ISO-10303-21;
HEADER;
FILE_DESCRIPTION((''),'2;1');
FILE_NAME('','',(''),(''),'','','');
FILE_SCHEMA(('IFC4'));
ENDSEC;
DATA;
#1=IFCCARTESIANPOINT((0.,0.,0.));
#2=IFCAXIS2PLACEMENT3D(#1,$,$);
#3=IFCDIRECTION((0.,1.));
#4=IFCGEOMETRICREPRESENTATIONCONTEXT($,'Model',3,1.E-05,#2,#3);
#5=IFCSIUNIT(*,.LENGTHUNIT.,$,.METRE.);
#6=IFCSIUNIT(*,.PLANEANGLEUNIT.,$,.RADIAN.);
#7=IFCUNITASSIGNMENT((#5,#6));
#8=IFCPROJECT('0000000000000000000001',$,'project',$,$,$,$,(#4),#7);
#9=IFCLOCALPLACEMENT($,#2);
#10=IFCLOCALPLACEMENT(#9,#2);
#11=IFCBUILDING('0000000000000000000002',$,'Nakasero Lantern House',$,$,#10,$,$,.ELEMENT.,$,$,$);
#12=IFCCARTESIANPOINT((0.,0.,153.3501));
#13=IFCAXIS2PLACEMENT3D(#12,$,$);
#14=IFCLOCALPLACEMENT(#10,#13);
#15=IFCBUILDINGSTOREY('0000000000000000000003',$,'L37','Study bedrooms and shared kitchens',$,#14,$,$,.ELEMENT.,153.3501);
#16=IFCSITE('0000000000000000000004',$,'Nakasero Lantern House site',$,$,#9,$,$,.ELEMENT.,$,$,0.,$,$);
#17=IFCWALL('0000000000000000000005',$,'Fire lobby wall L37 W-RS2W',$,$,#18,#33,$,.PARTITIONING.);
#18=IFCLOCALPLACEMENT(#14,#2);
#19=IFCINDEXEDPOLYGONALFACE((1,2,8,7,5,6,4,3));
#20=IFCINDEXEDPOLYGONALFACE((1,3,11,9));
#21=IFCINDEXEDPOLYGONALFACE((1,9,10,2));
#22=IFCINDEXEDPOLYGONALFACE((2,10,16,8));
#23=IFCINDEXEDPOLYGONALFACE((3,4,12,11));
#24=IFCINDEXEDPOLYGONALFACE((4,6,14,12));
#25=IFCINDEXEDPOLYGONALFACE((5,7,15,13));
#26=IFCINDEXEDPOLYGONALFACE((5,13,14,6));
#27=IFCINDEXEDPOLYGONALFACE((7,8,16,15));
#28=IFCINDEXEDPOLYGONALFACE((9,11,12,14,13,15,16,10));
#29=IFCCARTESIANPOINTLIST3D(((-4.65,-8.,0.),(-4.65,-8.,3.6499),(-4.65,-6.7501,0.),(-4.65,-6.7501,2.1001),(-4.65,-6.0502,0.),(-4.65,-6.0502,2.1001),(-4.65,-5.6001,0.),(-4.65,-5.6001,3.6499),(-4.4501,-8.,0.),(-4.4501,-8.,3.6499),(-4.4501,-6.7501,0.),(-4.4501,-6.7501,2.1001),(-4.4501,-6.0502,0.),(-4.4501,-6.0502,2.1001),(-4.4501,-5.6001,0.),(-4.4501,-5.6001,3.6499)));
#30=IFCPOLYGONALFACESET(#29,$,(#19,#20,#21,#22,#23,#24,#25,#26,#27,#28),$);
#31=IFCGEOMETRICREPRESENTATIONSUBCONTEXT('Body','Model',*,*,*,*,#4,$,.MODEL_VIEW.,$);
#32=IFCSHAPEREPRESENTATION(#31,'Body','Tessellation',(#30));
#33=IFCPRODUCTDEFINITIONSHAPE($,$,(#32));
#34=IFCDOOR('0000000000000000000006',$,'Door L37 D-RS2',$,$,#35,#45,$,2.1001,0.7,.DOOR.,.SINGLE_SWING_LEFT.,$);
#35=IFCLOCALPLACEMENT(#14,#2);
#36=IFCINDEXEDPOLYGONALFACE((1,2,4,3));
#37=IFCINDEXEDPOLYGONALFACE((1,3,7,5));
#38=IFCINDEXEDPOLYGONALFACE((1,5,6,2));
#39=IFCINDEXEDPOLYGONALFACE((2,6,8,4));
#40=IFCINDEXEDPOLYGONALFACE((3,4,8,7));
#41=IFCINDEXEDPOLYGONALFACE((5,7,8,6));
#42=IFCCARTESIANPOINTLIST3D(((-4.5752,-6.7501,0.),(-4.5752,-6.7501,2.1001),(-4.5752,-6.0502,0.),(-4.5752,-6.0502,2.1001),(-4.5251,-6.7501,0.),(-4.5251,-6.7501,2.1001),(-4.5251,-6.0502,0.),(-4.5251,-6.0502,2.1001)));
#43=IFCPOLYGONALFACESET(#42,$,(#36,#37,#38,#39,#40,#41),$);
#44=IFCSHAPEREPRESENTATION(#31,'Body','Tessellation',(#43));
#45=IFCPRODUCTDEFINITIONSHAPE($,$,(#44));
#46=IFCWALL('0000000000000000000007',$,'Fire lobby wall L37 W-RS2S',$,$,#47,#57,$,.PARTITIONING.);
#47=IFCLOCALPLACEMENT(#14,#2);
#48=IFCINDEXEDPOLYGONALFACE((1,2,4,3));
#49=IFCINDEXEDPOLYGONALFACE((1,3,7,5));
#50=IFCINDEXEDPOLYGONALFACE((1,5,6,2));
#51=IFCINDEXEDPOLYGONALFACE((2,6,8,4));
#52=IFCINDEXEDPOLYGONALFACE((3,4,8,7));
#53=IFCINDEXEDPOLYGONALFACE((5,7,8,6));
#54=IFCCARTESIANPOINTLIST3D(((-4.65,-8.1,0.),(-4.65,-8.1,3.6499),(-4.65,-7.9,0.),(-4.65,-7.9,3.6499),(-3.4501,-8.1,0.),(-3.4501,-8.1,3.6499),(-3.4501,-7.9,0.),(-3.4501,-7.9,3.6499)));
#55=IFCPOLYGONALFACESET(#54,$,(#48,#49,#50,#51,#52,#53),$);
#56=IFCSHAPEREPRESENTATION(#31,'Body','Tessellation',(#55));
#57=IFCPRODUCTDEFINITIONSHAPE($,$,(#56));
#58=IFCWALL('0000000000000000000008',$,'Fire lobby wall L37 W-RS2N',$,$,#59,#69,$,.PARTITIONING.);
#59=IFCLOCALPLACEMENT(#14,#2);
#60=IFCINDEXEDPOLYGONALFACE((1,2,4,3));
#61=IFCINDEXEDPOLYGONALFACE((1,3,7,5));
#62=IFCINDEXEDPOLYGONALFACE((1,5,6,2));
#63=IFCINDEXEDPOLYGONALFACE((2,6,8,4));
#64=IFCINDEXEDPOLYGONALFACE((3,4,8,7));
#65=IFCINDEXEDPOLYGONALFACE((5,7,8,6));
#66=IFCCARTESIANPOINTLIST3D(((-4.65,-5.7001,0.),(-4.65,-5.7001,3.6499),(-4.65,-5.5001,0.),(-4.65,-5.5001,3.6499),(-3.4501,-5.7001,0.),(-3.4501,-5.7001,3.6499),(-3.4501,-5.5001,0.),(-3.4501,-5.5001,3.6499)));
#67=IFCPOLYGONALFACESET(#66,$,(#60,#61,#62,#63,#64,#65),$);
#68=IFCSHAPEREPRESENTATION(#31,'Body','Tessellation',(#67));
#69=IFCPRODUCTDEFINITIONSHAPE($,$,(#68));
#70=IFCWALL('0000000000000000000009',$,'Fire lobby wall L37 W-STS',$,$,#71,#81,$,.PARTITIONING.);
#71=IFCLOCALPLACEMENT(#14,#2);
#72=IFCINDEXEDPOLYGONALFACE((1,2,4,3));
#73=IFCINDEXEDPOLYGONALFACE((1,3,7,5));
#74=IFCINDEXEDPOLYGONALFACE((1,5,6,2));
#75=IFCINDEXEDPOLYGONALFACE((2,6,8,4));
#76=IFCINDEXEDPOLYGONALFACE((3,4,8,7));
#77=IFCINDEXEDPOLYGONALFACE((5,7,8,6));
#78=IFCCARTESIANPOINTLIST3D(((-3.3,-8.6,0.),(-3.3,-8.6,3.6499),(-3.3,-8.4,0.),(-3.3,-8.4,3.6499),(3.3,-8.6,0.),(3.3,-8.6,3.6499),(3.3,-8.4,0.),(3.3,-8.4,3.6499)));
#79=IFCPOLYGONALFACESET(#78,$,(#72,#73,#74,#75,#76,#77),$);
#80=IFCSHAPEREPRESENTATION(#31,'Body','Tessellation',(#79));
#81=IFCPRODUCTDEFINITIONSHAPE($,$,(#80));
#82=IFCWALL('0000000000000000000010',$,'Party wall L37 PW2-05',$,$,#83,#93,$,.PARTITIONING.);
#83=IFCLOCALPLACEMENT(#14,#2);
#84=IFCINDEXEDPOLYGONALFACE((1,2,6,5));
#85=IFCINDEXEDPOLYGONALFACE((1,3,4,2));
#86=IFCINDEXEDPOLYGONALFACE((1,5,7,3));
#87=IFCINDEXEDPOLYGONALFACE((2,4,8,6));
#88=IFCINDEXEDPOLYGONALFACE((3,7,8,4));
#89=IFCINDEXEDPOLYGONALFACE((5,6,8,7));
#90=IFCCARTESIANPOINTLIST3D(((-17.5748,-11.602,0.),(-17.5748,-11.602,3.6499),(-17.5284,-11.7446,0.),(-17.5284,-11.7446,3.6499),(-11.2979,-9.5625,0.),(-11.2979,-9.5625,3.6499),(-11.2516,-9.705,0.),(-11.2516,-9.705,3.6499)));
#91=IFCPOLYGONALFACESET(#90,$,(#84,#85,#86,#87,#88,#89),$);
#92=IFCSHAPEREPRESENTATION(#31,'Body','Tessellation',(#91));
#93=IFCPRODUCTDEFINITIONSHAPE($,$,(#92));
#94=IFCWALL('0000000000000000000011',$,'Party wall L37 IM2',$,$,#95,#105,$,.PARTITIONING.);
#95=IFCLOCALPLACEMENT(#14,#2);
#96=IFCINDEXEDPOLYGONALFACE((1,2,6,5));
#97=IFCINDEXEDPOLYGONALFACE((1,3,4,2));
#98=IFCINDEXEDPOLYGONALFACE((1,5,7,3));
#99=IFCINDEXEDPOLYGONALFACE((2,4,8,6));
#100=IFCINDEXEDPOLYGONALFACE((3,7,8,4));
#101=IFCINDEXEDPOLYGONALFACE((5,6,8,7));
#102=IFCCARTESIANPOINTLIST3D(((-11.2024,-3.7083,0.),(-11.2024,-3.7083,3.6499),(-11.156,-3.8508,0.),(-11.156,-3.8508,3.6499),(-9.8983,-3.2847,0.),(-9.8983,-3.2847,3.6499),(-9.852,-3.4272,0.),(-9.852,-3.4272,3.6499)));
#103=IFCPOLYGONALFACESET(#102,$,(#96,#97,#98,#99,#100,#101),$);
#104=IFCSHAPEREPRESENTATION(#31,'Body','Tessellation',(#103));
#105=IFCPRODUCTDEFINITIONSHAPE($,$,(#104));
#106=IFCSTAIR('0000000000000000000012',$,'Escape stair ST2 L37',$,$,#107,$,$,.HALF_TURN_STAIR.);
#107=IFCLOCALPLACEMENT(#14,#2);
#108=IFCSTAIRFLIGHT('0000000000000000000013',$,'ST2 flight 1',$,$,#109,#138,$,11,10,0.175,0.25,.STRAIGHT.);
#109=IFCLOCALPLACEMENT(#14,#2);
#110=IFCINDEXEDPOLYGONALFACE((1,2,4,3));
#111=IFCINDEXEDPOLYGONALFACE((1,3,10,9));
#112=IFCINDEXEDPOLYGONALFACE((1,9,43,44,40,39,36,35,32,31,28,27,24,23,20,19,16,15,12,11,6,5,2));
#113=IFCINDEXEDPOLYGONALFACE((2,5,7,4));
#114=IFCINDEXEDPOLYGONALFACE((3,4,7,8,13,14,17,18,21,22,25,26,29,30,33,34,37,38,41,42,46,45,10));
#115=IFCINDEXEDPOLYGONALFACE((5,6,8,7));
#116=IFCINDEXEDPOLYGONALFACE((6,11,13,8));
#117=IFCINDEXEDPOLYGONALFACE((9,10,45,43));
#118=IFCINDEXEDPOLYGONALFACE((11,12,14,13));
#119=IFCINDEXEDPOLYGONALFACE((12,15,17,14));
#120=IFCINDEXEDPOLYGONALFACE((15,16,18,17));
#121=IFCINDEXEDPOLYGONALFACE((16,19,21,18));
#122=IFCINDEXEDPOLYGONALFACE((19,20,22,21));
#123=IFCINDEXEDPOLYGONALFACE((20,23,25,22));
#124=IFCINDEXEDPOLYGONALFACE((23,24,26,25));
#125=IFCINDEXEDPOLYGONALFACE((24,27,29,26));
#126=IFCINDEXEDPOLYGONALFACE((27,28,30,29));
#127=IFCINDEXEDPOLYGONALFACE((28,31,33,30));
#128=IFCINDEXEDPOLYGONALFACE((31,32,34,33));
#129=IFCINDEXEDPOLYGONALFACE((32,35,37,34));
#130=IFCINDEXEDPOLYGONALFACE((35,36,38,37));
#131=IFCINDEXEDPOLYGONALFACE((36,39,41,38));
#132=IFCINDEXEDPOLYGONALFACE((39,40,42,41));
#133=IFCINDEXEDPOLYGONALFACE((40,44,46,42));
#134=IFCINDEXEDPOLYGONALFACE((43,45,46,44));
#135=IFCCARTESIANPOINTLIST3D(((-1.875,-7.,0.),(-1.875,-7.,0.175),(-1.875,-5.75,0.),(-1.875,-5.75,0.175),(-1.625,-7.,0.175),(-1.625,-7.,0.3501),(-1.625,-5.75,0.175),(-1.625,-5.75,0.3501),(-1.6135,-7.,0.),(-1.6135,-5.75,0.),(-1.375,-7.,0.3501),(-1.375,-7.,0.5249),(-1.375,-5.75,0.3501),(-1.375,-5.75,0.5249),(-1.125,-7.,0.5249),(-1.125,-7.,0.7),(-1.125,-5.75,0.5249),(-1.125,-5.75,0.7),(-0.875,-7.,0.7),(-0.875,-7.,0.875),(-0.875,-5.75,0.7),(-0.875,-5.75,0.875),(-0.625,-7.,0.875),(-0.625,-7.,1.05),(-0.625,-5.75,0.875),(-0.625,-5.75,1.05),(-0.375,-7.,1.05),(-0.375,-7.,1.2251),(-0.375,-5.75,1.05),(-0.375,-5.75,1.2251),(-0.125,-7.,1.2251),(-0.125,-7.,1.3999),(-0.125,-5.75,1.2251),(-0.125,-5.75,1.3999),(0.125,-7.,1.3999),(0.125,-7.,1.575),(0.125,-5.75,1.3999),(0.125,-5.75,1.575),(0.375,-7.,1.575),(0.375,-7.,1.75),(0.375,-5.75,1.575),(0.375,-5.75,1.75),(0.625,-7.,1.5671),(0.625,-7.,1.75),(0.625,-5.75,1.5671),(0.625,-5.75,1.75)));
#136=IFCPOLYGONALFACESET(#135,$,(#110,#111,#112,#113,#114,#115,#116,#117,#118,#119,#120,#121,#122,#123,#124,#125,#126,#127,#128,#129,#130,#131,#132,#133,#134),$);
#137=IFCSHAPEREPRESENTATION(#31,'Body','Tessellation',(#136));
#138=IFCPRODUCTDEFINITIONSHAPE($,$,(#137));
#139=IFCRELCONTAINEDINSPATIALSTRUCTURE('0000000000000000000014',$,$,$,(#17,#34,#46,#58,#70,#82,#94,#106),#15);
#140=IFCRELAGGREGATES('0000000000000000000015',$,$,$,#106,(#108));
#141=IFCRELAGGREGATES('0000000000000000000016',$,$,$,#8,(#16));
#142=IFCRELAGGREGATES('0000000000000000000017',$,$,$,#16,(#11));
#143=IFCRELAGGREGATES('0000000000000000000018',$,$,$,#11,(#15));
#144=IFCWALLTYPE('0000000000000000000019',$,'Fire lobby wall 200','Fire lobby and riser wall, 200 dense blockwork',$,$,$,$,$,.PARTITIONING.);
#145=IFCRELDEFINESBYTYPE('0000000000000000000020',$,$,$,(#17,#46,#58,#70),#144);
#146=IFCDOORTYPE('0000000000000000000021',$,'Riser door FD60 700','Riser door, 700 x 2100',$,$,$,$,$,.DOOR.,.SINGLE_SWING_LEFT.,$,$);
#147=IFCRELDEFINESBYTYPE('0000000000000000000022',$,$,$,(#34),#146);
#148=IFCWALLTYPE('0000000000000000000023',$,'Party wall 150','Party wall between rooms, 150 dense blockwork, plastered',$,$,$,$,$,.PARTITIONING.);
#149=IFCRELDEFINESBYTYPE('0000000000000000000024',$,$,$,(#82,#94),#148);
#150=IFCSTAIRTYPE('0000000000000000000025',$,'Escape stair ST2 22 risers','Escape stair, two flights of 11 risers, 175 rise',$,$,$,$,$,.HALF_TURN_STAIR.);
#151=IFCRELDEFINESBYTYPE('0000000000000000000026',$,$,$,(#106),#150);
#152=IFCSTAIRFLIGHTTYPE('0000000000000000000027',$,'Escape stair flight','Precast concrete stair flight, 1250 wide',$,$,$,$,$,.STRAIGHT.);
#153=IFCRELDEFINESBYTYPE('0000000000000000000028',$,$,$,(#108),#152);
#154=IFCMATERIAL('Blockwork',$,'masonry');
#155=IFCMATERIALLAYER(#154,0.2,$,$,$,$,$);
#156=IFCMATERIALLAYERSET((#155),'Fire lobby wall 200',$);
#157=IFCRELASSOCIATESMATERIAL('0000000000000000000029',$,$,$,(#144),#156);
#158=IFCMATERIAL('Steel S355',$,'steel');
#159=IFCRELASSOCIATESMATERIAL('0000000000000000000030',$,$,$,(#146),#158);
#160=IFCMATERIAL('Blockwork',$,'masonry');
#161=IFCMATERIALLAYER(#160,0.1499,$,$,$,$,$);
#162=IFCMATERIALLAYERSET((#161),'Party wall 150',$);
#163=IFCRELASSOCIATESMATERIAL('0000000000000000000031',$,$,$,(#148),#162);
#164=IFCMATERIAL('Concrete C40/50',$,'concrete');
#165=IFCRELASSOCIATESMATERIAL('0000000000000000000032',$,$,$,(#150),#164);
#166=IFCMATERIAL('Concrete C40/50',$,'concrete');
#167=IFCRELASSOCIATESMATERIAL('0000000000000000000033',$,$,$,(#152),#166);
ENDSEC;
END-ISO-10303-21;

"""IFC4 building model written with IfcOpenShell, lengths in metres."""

from ifc_helpers import new_model, si_unit, direction, frame, frame_2d, origin, place, context, subcontext, project, spatial, polyline, rectangle, outline, extrude, material, layer, layer_set, type_object, element, fill, aggregate, save


model = new_model("IFC4")

# Units and contexts
model_context = context("Model", 3, precision=1e-05, world=origin(), true_north=direction((0.0, 1.0)))
body_context = subcontext(model_context, "Body", "Model", "MODEL_VIEW")
ifc_project = project(units=[si_unit("LENGTHUNIT", "METRE"), si_unit("PLANEANGLEUNIT", "RADIAN")], contexts=[model_context])

# Site, building, storey
site_placement = place(None, origin())
site = spatial("IfcSite", under=ifc_project, at=site_placement, Name="Nakasero Lantern House site", CompositionType="ELEMENT", RefElevation=0.0)
building_placement = place(site_placement, origin())
building = spatial("IfcBuilding", under=site, at=building_placement, Name="Nakasero Lantern House", CompositionType="ELEMENT")
storey_placement = place(building_placement, frame((0.0, 0.0, 153.3501)))
storey = spatial("IfcBuildingStorey", under=building, at=storey_placement, Name="L37", Description="Study bedrooms and shared kitchens", CompositionType="ELEMENT", Elevation=153.3501)

# Wall, opening, door
ifc_material_1 = material(Name="Blockwork", Category="masonry")
ifc_layer_1 = layer(ifc_material_1, 0.2)
ifc_layer_set_1 = layer_set([ifc_layer_1], Name="Fire lobby wall 200")
wall_type_1 = type_object("IfcWallType", Name="Fire lobby wall 200", Description="Fire lobby and riser wall, 200 dense blockwork", PredefinedType="PARTITIONING", material=ifc_layer_set_1)
wall_1_placement = place(storey_placement, frame((-4.55, -5.6001, 0.0), z_axis=(0.0, 0.0, 1.0), x_axis=(0.0, -1.0, 0.0)))
wall_1 = element("IfcWall", 1, at=wall_1_placement, inside=storey, type_object=wall_type_1, Name="Fire lobby wall L37 W-RS2W", PredefinedType="PARTITIONING", context=body_context, shape_type="SweptSolid", body=[
    extrude(rectangle(XDim=2.3999, YDim=0.2, at=frame_2d((1.2, 0.0))), origin(), (0.0, 0.0, 1.0), 3.6499),
])
opening_1_placement = place(wall_1_placement, frame((0.45, 0.0, 0.0)))
opening_1 = element("IfcOpeningElement", 2, at=opening_1_placement, cuts=wall_1, PredefinedType="OPENING", context=body_context, shape_type="SweptSolid", body=[
    extrude(rectangle(XDim=0.7, YDim=2.1001, at=frame_2d((0.3501, 1.05))), frame((0.0, 0.1199, 0.0), z_axis=(0.0, -1.0, 0.0), x_axis=(1.0, 0.0, 0.0)), (0.0, 0.0, 1.0), 0.24),
])
ifc_material_2 = material(Name="Steel S355", Category="steel")
door_type_1 = type_object("IfcDoorType", Name="Riser door FD60 700", Description="Riser door, 700 x 2100", OperationType="SINGLE_SWING_LEFT", PredefinedType="DOOR", material=ifc_material_2)
door_1_placement = place(opening_1_placement, origin())
door_1 = element("IfcDoor", 3, at=door_1_placement, inside=storey, type_object=door_type_1, Name="Door L37 D-RS2", OperationType="SINGLE_SWING_LEFT", OverallHeight=2.1001, OverallWidth=0.7, PredefinedType="DOOR", context=body_context, shape_type="SweptSolid", body=[
    extrude(rectangle(XDim=0.7, YDim=2.1001, at=frame_2d((0.3501, 1.05))), frame((0.0, 0.0249, 0.0), z_axis=(0.0, -1.0, 0.0), x_axis=(1.0, 0.0, 0.0)), (0.0, 0.0, 1.0), 0.05),
])
fill(opening_1, door_1)

# Walls
for number, where, z_axis, x_axis, name in (
    (4, (-3.45, -8.0, 0.0), (0.0, 0.0, 1.0), (-1.0, 0.0, 0.0), "Fire lobby wall L37 W-RS2S"),
    (5, (-3.45, -5.6001, 0.0), (0.0, 0.0, 1.0), (-1.0, 0.0, 0.0), "Fire lobby wall L37 W-RS2N"),
):
    element("IfcWall", number, at=place(storey_placement, frame(where, z_axis=z_axis, x_axis=x_axis)), inside=storey, type_object=wall_type_1, Name=name, PredefinedType="PARTITIONING", context=body_context, shape_type="SweptSolid", body=[
        extrude(rectangle(XDim=1.2, YDim=0.2, at=frame_2d((0.6001, 0.0))), origin(), (0.0, 0.0, 1.0), 3.6499),
    ])
wall_2_placement = place(storey_placement, frame((-3.3, -8.5, 0.0), z_axis=(0.0, 0.0, 1.0), x_axis=(1.0, 0.0, 0.0)))
element("IfcWall", 6, at=wall_2_placement, inside=storey, type_object=wall_type_1, Name="Fire lobby wall L37 W-STS", PredefinedType="PARTITIONING", context=body_context, shape_type="SweptSolid", body=[
    extrude(rectangle(XDim=6.6001, YDim=0.2, at=frame_2d((3.3, 0.0))), origin(), (0.0, 0.0, 1.0), 3.6499),
])
ifc_material_3 = material(Name="Blockwork", Category="masonry")
ifc_layer_2 = layer(ifc_material_3, 0.1499)
ifc_layer_set_2 = layer_set([ifc_layer_2], Name="Party wall 150")
wall_type_2 = type_object("IfcWallType", Name="Party wall 150", Description="Party wall between rooms, 150 dense blockwork, plastered", PredefinedType="PARTITIONING", material=ifc_layer_set_2)
wall_3_placement = place(storey_placement, frame((-11.2749, -9.6338, 0.0), z_axis=(0.0, 0.0, 1.0), x_axis=(-0.951053, -0.309028, 0.0)))
element("IfcWall", 7, at=wall_3_placement, inside=storey, type_object=wall_type_2, Name="Party wall L37 PW2-05", PredefinedType="PARTITIONING", context=body_context, shape_type="SweptSolid", body=[
    extrude(rectangle(XDim=6.5999, YDim=0.1499, at=frame_2d((3.2998, 0.0))), origin(), (0.0, 0.0, 1.0), 3.6499),
])
wall_4_placement = place(storey_placement, frame((-11.1792, -3.7795, 0.0), z_axis=(0.0, 0.0, 1.0), x_axis=(0.951077, 0.308953, 0.0)))
element("IfcWall", 8, at=wall_4_placement, inside=storey, type_object=wall_type_2, Name="Party wall L37 IM2", PredefinedType="PARTITIONING", context=body_context, shape_type="SweptSolid", body=[
    extrude(rectangle(XDim=1.3711, YDim=0.1499, at=frame_2d((0.6855, 0.0))), origin(), (0.0, 0.0, 1.0), 3.6499),
])

# Stair, stair flight
ifc_material_4 = material(Name="Concrete C40/50", Category="concrete")
stair_type = type_object("IfcStairType", Name="Escape stair ST2 22 risers", Description="Escape stair, two flights of 11 risers, 175 rise", PredefinedType="HALF_TURN_STAIR", material=ifc_material_4)
stair_placement = place(storey_placement, origin())
stair = element("IfcStair", 9, at=stair_placement, inside=storey, type_object=stair_type, Name="Escape stair ST2 L37", PredefinedType="HALF_TURN_STAIR")
ifc_material_5 = material(Name="Concrete C40/50", Category="concrete")
stair_flight_type = type_object("IfcStairFlightType", Name="Escape stair flight", Description="Precast concrete stair flight, 1250 wide", PredefinedType="STRAIGHT", material=ifc_material_5)
stair_flight_placement = place(storey_placement, frame((-1.875, -6.375, 0.0), z_axis=(0.0, 0.0, 1.0), x_axis=(1.0, 0.0, 0.0)))
stair_flight = element("IfcStairFlight", 10, at=stair_flight_placement, type_object=stair_flight_type, Name="ST2 flight 1", NumberOfRisers=11, NumberOfTreads=10, PredefinedType="STRAIGHT", RiserHeight=0.175, TreadLength=0.25, context=body_context, shape_type="SweptSolid", body=[
    extrude(outline(polyline([(0.0, 0.0), (0.0, 0.175), (0.25, 0.175), (0.25, 0.3501), (0.5, 0.3501), (0.5, 0.5249), (0.75, 0.5249), (0.75, 0.7), (1.0, 0.7), (1.0, 0.875), (1.25, 0.875), (1.25, 1.05), (1.5, 1.05), (1.5, 1.2251), (1.75, 1.2251), (1.75, 1.3999), (2.0, 1.3999), (2.0, 1.575), (2.25, 1.575), (2.25, 1.75), (2.5, 1.75), (2.5, 1.925), (2.5, 1.5671), (0.2615, 0.0), (0.0, 0.0)])), frame((0.0, 0.625, 0.0), z_axis=(0.0, -1.0, 0.0), x_axis=(1.0, 0.0, 0.0)), (0.0, 0.0, 1.0), 1.25),
])
aggregate(stair, [stair_flight])

save(model, "model.ifc")
